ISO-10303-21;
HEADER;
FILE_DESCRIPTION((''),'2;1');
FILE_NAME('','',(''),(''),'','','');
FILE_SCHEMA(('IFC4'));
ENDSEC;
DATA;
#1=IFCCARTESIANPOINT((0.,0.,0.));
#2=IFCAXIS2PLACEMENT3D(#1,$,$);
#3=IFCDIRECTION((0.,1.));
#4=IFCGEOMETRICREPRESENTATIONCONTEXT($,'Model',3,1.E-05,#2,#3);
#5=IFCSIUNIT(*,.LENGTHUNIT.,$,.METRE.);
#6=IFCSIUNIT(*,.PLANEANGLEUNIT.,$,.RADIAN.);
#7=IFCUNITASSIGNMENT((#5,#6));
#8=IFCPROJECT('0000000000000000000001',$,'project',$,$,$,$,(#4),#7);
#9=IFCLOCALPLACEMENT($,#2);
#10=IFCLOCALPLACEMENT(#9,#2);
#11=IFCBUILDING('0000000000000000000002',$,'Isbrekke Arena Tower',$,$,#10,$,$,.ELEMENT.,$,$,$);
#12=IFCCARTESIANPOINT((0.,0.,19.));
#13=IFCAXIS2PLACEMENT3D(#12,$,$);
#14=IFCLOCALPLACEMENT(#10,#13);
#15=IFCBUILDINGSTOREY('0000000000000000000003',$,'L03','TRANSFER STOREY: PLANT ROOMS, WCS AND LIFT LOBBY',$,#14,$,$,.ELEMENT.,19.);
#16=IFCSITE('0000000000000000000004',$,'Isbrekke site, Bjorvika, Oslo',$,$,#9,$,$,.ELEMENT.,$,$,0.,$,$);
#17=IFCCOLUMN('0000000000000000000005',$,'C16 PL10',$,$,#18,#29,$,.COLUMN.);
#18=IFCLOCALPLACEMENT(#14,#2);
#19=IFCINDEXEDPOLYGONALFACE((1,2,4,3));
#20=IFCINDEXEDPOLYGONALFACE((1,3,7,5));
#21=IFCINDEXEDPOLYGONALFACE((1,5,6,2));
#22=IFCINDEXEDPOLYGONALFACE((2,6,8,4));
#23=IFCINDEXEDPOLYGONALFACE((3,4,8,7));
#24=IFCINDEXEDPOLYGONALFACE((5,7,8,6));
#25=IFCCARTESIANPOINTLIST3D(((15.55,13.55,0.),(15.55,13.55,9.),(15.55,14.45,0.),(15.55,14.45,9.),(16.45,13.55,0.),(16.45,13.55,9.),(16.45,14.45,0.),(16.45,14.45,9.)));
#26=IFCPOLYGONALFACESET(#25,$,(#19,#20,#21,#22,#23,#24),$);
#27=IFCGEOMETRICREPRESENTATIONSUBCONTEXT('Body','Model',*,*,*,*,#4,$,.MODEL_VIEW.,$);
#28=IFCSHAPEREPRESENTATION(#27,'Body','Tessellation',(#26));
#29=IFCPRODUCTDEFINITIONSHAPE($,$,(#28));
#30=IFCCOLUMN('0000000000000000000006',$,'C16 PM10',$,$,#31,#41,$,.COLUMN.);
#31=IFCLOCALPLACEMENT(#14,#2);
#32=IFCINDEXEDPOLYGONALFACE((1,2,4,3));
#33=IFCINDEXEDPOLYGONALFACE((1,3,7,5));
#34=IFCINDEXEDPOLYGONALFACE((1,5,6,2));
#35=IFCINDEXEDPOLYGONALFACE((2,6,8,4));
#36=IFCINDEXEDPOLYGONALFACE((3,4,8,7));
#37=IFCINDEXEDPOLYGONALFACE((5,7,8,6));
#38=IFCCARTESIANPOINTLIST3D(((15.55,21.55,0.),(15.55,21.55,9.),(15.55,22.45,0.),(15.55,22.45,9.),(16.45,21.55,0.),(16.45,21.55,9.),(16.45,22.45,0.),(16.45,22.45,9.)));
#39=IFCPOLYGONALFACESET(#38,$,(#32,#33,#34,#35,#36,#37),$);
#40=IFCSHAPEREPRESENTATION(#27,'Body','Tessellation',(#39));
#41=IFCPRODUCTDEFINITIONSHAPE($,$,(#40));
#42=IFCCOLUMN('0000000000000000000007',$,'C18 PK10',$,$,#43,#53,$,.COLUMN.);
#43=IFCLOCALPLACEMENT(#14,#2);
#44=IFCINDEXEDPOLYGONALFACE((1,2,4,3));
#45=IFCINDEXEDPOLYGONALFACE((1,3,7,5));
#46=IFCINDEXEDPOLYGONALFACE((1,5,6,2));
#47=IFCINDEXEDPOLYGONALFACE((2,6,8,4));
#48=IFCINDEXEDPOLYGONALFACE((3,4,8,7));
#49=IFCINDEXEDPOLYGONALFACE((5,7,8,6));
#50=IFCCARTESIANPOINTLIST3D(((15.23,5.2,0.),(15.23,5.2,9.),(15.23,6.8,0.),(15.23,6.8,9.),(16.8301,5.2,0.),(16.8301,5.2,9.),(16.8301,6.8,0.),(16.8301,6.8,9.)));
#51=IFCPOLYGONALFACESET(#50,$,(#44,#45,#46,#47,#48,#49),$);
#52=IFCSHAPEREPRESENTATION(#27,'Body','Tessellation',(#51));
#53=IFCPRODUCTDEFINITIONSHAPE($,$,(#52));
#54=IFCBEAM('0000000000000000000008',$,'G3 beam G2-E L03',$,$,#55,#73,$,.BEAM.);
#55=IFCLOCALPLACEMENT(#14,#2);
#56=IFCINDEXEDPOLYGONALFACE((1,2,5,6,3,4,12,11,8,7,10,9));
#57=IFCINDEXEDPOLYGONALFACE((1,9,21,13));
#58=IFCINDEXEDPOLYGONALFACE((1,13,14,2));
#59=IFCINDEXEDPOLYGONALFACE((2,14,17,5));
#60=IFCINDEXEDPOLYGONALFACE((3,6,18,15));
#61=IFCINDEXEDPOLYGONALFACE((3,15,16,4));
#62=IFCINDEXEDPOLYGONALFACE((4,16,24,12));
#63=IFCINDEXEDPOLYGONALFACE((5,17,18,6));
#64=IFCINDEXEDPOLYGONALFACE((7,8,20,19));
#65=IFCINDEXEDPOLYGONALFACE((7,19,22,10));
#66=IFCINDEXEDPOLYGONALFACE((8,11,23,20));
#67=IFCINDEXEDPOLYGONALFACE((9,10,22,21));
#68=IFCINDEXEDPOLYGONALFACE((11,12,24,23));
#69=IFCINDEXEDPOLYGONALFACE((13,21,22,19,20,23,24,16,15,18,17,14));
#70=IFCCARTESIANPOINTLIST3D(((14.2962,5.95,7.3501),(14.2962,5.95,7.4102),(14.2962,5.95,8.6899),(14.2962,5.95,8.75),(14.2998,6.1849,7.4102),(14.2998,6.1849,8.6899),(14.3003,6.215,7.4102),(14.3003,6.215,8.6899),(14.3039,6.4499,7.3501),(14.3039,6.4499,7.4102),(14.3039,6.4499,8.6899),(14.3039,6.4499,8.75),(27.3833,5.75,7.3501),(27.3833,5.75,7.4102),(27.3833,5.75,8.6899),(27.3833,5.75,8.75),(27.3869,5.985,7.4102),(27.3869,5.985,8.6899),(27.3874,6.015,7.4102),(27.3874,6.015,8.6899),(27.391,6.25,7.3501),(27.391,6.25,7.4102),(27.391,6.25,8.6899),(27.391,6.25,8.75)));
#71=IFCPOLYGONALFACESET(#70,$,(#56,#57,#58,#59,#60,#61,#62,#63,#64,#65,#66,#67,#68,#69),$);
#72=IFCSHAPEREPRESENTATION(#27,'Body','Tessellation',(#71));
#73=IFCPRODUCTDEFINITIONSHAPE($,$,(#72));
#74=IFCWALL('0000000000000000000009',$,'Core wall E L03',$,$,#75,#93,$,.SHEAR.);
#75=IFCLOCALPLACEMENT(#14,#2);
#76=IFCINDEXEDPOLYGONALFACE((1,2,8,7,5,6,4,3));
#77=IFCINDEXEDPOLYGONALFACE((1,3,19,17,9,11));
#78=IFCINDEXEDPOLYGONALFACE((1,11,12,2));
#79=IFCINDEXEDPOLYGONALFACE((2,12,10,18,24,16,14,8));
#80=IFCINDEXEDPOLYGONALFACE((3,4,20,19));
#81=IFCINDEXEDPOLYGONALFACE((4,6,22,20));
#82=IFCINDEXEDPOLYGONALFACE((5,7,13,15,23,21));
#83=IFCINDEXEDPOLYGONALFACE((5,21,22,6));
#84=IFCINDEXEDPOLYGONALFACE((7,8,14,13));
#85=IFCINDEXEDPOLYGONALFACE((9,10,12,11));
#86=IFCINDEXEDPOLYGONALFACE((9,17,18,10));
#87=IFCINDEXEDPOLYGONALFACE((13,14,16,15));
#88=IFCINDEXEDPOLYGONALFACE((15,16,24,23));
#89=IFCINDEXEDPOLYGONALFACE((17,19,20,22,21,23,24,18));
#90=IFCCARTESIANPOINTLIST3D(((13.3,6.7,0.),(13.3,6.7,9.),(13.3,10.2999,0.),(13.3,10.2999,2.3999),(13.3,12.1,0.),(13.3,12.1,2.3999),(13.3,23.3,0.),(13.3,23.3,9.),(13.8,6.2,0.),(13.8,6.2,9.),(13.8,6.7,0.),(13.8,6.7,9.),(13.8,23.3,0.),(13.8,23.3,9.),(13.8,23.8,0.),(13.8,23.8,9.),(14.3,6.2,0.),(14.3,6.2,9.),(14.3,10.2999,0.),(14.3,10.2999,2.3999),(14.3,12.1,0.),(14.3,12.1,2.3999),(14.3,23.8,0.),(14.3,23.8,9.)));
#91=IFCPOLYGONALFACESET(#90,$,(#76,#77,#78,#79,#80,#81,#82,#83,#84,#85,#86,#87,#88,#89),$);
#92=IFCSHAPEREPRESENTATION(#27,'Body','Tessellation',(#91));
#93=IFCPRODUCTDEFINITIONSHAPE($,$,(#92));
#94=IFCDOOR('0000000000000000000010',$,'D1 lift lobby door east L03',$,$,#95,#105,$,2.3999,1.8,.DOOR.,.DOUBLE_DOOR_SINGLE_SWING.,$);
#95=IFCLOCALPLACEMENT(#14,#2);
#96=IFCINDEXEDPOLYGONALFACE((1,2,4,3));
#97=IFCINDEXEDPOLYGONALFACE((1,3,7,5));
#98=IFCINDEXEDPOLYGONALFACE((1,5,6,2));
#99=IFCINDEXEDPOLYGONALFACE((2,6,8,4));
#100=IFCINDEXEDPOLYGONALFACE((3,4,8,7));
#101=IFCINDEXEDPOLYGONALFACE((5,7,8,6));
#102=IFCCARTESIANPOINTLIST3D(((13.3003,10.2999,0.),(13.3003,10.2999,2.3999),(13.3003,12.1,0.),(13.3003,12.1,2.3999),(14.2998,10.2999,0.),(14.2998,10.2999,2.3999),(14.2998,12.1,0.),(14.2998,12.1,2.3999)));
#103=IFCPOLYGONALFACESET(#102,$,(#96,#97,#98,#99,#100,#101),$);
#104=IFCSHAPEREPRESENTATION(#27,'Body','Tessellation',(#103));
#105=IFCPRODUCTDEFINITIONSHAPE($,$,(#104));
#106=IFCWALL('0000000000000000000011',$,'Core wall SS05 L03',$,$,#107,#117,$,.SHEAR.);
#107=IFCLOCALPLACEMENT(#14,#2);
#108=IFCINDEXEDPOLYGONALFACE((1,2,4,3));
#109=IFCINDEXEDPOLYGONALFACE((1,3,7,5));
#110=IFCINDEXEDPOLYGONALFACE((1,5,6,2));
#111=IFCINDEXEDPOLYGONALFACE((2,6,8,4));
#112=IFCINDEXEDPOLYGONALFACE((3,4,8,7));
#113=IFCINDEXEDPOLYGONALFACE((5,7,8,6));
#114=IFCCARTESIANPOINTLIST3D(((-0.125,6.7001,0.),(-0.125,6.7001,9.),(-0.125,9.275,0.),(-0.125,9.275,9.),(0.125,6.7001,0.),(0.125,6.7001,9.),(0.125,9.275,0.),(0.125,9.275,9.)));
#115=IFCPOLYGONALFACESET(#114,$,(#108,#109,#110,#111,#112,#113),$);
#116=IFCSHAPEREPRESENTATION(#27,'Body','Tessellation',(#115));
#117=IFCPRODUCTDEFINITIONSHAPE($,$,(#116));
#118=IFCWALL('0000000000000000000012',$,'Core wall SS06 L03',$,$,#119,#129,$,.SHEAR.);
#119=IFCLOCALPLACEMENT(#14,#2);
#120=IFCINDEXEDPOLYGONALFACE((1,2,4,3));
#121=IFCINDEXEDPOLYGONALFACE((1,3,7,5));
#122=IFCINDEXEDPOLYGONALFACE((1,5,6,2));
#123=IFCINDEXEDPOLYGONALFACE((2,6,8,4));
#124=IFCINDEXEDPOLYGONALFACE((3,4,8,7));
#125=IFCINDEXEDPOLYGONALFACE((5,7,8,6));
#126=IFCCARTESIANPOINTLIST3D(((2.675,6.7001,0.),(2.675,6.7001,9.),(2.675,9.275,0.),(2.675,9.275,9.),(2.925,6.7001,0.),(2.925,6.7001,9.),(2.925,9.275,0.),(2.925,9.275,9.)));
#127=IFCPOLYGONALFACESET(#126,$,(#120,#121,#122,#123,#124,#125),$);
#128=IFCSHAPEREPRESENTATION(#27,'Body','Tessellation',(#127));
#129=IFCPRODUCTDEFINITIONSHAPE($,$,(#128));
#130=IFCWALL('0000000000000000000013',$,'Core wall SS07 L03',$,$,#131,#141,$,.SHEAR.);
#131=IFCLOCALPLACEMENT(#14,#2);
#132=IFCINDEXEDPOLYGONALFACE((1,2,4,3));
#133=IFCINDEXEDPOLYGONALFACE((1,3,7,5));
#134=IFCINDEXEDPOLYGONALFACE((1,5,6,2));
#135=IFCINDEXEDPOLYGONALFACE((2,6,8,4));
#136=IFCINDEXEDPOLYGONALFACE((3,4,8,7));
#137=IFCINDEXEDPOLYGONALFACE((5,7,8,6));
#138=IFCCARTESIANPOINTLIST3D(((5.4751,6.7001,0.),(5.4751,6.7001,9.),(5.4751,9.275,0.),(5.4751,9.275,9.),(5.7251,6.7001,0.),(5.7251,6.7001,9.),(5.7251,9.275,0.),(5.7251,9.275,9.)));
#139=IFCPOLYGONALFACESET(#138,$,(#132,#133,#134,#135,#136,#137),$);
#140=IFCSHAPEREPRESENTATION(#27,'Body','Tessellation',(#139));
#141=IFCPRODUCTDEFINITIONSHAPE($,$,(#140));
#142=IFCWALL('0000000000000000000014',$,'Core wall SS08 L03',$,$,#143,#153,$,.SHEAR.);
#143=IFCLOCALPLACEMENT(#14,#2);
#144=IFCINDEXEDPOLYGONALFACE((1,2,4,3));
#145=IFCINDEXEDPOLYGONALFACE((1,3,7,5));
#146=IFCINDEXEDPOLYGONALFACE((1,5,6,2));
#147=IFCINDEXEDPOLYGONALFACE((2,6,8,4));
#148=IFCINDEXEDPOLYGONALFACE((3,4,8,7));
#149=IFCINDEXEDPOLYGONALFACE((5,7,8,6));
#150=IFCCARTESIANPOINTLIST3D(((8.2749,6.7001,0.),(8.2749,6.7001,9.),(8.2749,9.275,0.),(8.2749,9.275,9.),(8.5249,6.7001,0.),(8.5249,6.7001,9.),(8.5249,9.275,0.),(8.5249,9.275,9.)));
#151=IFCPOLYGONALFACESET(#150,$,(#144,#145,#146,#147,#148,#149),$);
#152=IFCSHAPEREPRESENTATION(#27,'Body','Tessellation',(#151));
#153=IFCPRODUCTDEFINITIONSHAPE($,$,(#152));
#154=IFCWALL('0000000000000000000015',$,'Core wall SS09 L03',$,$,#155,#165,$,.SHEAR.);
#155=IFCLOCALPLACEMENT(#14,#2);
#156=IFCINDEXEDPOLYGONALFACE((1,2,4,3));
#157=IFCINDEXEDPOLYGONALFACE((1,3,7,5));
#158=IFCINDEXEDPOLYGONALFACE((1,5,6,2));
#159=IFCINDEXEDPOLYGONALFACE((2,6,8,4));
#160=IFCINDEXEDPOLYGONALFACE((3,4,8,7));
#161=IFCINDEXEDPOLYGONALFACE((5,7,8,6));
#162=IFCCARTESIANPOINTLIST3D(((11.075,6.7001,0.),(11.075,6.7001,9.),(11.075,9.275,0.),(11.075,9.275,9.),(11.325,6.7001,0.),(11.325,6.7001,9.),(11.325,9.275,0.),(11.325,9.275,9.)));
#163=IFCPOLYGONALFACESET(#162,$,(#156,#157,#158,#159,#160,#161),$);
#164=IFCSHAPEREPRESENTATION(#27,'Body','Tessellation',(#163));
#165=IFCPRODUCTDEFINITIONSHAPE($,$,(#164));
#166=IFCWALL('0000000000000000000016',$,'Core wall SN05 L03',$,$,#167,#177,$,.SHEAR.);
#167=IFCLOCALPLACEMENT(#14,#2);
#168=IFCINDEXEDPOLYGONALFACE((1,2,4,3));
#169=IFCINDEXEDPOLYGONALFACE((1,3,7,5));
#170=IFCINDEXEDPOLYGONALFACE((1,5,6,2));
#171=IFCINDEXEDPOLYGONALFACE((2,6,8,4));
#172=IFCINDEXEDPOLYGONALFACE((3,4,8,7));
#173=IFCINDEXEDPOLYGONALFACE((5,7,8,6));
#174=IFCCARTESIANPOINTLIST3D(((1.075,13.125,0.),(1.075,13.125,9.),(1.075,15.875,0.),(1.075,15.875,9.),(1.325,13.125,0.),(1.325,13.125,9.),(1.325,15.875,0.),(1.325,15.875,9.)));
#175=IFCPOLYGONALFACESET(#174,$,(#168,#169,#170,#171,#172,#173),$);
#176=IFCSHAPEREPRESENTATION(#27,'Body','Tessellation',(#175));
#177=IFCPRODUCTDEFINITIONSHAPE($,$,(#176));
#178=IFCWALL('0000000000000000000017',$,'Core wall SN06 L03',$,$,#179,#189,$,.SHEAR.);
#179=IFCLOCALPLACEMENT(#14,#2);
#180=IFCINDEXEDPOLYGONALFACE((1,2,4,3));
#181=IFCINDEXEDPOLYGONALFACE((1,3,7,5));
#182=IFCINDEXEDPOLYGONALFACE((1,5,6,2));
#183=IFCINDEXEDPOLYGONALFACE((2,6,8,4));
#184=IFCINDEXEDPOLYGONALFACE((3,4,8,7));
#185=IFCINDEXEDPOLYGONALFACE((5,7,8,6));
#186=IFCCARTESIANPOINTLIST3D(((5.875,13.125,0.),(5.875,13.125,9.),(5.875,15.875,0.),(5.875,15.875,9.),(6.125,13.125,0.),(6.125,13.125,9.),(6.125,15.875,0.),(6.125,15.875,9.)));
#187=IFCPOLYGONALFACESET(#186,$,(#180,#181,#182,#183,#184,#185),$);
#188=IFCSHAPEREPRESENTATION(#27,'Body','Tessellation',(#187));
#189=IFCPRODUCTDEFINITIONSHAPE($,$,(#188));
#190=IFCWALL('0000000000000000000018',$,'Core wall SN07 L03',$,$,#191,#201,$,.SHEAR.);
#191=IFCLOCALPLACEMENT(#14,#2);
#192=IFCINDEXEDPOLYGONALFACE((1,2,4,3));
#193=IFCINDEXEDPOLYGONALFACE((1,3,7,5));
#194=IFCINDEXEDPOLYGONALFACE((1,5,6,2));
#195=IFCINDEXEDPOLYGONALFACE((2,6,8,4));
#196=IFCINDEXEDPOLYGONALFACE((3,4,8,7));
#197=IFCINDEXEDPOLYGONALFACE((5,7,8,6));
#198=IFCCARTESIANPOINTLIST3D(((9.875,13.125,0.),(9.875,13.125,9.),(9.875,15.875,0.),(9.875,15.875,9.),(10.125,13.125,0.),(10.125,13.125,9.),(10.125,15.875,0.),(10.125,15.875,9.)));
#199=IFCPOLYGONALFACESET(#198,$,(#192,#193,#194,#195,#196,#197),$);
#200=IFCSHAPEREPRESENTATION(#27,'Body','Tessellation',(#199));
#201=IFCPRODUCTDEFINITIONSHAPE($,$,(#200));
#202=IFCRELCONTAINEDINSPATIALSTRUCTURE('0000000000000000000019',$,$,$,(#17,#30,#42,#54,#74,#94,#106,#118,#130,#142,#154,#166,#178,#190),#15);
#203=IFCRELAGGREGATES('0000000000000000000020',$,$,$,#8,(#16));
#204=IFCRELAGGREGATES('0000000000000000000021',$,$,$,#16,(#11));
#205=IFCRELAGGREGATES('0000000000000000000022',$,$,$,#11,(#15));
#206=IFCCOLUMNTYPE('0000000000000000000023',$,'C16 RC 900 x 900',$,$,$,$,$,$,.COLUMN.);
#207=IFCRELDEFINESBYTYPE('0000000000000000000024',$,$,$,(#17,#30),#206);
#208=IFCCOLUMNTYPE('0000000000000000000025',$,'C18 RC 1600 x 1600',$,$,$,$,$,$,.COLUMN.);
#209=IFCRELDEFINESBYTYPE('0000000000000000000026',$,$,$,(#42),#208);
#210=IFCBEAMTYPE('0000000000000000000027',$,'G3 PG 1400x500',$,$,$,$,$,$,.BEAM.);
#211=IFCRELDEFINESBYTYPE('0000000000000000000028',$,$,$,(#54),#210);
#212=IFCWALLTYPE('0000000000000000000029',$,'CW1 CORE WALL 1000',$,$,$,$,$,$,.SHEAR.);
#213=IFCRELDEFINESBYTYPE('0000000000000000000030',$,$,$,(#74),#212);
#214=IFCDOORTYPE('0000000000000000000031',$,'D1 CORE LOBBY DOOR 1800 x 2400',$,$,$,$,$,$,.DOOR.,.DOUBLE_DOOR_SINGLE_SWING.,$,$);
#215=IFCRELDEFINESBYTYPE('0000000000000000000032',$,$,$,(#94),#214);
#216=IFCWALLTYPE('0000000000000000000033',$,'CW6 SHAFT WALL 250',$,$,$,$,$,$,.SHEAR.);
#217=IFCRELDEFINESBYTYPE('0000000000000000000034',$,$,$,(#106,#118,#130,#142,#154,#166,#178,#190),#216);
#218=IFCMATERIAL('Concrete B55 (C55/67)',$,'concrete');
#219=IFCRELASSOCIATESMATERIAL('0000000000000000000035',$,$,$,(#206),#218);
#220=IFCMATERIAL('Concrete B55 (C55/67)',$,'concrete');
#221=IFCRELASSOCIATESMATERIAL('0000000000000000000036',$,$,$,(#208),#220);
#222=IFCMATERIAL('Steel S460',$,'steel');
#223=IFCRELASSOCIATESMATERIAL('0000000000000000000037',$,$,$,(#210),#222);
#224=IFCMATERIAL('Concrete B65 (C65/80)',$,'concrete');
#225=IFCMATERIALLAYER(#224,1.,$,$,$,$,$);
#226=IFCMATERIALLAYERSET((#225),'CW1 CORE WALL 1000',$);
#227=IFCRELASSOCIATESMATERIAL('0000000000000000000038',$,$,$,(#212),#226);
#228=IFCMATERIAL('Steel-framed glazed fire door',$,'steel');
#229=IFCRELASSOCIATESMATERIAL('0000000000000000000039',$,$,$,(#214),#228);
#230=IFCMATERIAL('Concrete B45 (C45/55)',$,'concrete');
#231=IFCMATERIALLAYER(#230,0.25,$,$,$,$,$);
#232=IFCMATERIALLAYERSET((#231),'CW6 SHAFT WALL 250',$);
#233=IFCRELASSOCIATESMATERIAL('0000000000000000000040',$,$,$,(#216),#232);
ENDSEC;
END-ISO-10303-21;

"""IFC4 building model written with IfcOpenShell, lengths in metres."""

from ifc_helpers import new_model, si_unit, direction, frame, frame_2d, origin, origin_2d, place, context, subcontext, project, spatial, polyline, rectangle, i_section, outline, extrude, material, layer, layer_set, material_profile, profile_set, type_object, element, fill, save


model = new_model("IFC4")

# Units and contexts
model_context = context("Model", 3, precision=1e-05, world=origin(), true_north=direction((0.0, 1.0)))
body_context = subcontext(model_context, "Body", "Model", "MODEL_VIEW")
ifc_project = project(units=[si_unit("LENGTHUNIT", "METRE"), si_unit("PLANEANGLEUNIT", "RADIAN")], contexts=[model_context])

# Site, building, storey
site_placement = place(None, origin())
site = spatial("IfcSite", under=ifc_project, at=site_placement, Name="Isbrekke site, Bjorvika, Oslo", CompositionType="ELEMENT", RefElevation=0.0)
building_placement = place(site_placement, origin())
building = spatial("IfcBuilding", under=site, at=building_placement, Name="Isbrekke Arena Tower", CompositionType="ELEMENT")
storey_placement = place(building_placement, frame((0.0, 0.0, 19.0)))
storey = spatial("IfcBuildingStorey", under=building, at=storey_placement, Name="L03", Description="TRANSFER STOREY: PLANT ROOMS, WCS AND LIFT LOBBY", CompositionType="ELEMENT", Elevation=19.0)

# Columns
ifc_material_1 = material(Name="Concrete B55 (C55/67)", Category="concrete")
ifc_material_profile_1 = material_profile(ifc_material_1, rectangle(XDim=0.8999, YDim=0.8999, at=origin_2d()), Name="RC 900x900")
ifc_profile_set_1 = profile_set([ifc_material_profile_1], Name="Concrete B55 (C55/67)")
column_type_1 = type_object("IfcColumnType", Name="C16 RC 900 x 900", PredefinedType="COLUMN", material=ifc_profile_set_1)
for number, where, z_axis, x_axis, name in (
    (1, (16.0, 14.0, 0.0), (0.0, 0.0, 1.0), (1.0, 0.0, 0.0), "C16 PL10"),
    (2, (16.0, 22.0, 0.0), (0.0, 0.0, 1.0), (1.0, 0.0, 0.0), "C16 PM10"),
):
    element("IfcColumn", number, at=place(storey_placement, frame(where, z_axis=z_axis, x_axis=x_axis)), inside=storey, type_object=column_type_1, Name=name, PredefinedType="COLUMN", context=body_context, shape_type="SweptSolid", body=[
        extrude(rectangle(XDim=0.8999, YDim=0.8999, at=origin_2d()), origin(), (0.0, 0.0, 1.0), 9.0),
    ])
ifc_material_2 = material(Name="Concrete B55 (C55/67)", Category="concrete")
ifc_material_profile_2 = material_profile(ifc_material_2, rectangle(XDim=1.6001, YDim=1.6001, at=origin_2d()), Name="RC 1600x1600")
ifc_profile_set_2 = profile_set([ifc_material_profile_2], Name="Concrete B55 (C55/67)")
column_type_2 = type_object("IfcColumnType", Name="C18 RC 1600 x 1600", PredefinedType="COLUMN", material=ifc_profile_set_2)
column_placement = place(storey_placement, frame((16.03, 6.0, 0.0), z_axis=(0.0, 0.0, 1.0), x_axis=(1.0, 0.0, 0.0)))
element("IfcColumn", 3, at=column_placement, inside=storey, type_object=column_type_2, Name="C18 PK10", PredefinedType="COLUMN", context=body_context, shape_type="SweptSolid", body=[
    extrude(rectangle(XDim=1.6001, YDim=1.6001, at=origin_2d()), origin(), (0.0, 0.0, 1.0), 9.0),
])

# Beam
ifc_material_3 = material(Name="Steel S460", Category="steel")
ifc_material_profile_3 = material_profile(ifc_material_3, i_section(OverallWidth=0.5, OverallDepth=1.3999, WebThickness=0.03, FlangeThickness=0.0601, at=origin_2d()), Name="PG 1400x500")
ifc_profile_set_3 = profile_set([ifc_material_profile_3], Name="Steel S460")
beam_type = type_object("IfcBeamType", Name="G3 PG 1400x500", PredefinedType="BEAM", material=ifc_profile_set_3)
beam_placement = place(storey_placement, frame((14.3, 6.2, 8.05), z_axis=(0.999883, -0.015277, 0.0), x_axis=(0.015277, 0.999883, 0.0)))
element("IfcBeam", 4, at=beam_placement, inside=storey, type_object=beam_type, Name="G3 beam G2-E L03", PredefinedType="BEAM", context=body_context, shape_type="SweptSolid", body=[
    extrude(i_section(OverallWidth=0.5, OverallDepth=1.3999, WebThickness=0.03, FlangeThickness=0.0601, at=origin_2d()), origin(), (0.0, 0.0, 1.0), 13.0886),
])

# Wall, opening, door
ifc_material_4 = material(Name="Concrete B65 (C65/80)", Category="concrete")
ifc_layer_1 = layer(ifc_material_4, 1.0)
ifc_layer_set_1 = layer_set([ifc_layer_1], Name="CW1 CORE WALL 1000")
wall_type_1 = type_object("IfcWallType", Name="CW1 CORE WALL 1000", PredefinedType="SHEAR", material=ifc_layer_set_1)
wall_1_placement = place(storey_placement, frame((13.8, 6.2, 0.0), z_axis=(0.0, 0.0, 1.0), x_axis=(0.0, 1.0, 0.0)))
wall_1 = element("IfcWall", 5, at=wall_1_placement, inside=storey, type_object=wall_type_1, Name="Core wall E L03", PredefinedType="SHEAR", context=body_context, shape_type="SweptSolid", body=[
    extrude(outline(polyline([(0.0, -0.5), (17.6001, -0.5), (17.6001, 0.0), (17.1001, 0.0), (17.1001, 0.5), (0.5, 0.5), (0.5, 0.0), (0.0, 0.0), (0.0, -0.5)])), origin(), (0.0, 0.0, 1.0), 9.0),
])
opening_1_placement = place(wall_1_placement, frame((4.1001, 0.0, 0.0)))
opening_1 = element("IfcOpeningElement", 6, at=opening_1_placement, cuts=wall_1, PredefinedType="OPENING", context=body_context, shape_type="SweptSolid", body=[
    extrude(rectangle(XDim=1.8, YDim=2.3999, at=frame_2d((0.8999, 1.2))), frame((0.0, 0.5149, 0.0), z_axis=(0.0, -1.0, 0.0), x_axis=(1.0, 0.0, 0.0)), (0.0, 0.0, 1.0), 1.0298),
])
ifc_material_5 = material(Name="Steel-framed glazed fire door", Category="steel")
door_type_1 = type_object("IfcDoorType", Name="D1 CORE LOBBY DOOR 1800 x 2400", OperationType="DOUBLE_DOOR_SINGLE_SWING", PredefinedType="DOOR", material=ifc_material_5)
door_1_placement = place(opening_1_placement, origin())
door_1 = element("IfcDoor", 7, at=door_1_placement, inside=storey, type_object=door_type_1, Name="D1 lift lobby door east L03", OperationType="DOUBLE_DOOR_SINGLE_SWING", OverallHeight=2.3999, OverallWidth=1.8, PredefinedType="DOOR", context=body_context, shape_type="SweptSolid", body=[
    extrude(rectangle(XDim=1.8, YDim=2.3999, at=frame_2d((0.8999, 1.2))), frame((0.0, 0.4998, 0.0), z_axis=(0.0, -1.0, 0.0), x_axis=(1.0, 0.0, 0.0)), (0.0, 0.0, 1.0), 0.9995),
])
fill(opening_1, door_1)

# Walls
ifc_material_6 = material(Name="Concrete B45 (C45/55)", Category="concrete")
ifc_layer_2 = layer(ifc_material_6, 0.25)
ifc_layer_set_2 = layer_set([ifc_layer_2], Name="CW6 SHAFT WALL 250")
wall_type_2 = type_object("IfcWallType", Name="CW6 SHAFT WALL 250", PredefinedType="SHEAR", material=ifc_layer_set_2)
for number, where, z_axis, x_axis, name in (
    (8, (0.0, 6.7, 0.0), (0.0, 0.0, 1.0), (0.0, 1.0, 0.0), "Core wall SS05 L03"),
    (9, (2.8, 6.7, 0.0), (0.0, 0.0, 1.0), (0.0, 1.0, 0.0), "Core wall SS06 L03"),
    (10, (5.6001, 6.7, 0.0), (0.0, 0.0, 1.0), (0.0, 1.0, 0.0), "Core wall SS07 L03"),
    (11, (8.3999, 6.7, 0.0), (0.0, 0.0, 1.0), (0.0, 1.0, 0.0), "Core wall SS08 L03"),
    (12, (11.2, 6.7, 0.0), (0.0, 0.0, 1.0), (0.0, 1.0, 0.0), "Core wall SS09 L03"),
):
    element("IfcWall", number, at=place(storey_placement, frame(where, z_axis=z_axis, x_axis=x_axis)), inside=storey, type_object=wall_type_2, Name=name, PredefinedType="SHEAR", context=body_context, shape_type="SweptSolid", body=[
        extrude(rectangle(XDim=2.575, YDim=0.25, at=frame_2d((1.2876, 0.0))), origin(), (0.0, 0.0, 1.0), 9.0),
    ])
for number, where, z_axis, x_axis, name in (
    (13, (1.2, 13.125, 0.0), (0.0, 0.0, 1.0), (0.0, 1.0, 0.0), "Core wall SN05 L03"),
    (14, (6.0, 13.125, 0.0), (0.0, 0.0, 1.0), (0.0, 1.0, 0.0), "Core wall SN06 L03"),
    (15, (10.0, 13.125, 0.0), (0.0, 0.0, 1.0), (0.0, 1.0, 0.0), "Core wall SN07 L03"),
):
    element("IfcWall", number, at=place(storey_placement, frame(where, z_axis=z_axis, x_axis=x_axis)), inside=storey, type_object=wall_type_2, Name=name, PredefinedType="SHEAR", context=body_context, shape_type="SweptSolid", body=[
        extrude(rectangle(XDim=2.75, YDim=0.25, at=frame_2d((1.375, 0.0))), origin(), (0.0, 0.0, 1.0), 9.0),
    ])

save(model, "model.ifc")
